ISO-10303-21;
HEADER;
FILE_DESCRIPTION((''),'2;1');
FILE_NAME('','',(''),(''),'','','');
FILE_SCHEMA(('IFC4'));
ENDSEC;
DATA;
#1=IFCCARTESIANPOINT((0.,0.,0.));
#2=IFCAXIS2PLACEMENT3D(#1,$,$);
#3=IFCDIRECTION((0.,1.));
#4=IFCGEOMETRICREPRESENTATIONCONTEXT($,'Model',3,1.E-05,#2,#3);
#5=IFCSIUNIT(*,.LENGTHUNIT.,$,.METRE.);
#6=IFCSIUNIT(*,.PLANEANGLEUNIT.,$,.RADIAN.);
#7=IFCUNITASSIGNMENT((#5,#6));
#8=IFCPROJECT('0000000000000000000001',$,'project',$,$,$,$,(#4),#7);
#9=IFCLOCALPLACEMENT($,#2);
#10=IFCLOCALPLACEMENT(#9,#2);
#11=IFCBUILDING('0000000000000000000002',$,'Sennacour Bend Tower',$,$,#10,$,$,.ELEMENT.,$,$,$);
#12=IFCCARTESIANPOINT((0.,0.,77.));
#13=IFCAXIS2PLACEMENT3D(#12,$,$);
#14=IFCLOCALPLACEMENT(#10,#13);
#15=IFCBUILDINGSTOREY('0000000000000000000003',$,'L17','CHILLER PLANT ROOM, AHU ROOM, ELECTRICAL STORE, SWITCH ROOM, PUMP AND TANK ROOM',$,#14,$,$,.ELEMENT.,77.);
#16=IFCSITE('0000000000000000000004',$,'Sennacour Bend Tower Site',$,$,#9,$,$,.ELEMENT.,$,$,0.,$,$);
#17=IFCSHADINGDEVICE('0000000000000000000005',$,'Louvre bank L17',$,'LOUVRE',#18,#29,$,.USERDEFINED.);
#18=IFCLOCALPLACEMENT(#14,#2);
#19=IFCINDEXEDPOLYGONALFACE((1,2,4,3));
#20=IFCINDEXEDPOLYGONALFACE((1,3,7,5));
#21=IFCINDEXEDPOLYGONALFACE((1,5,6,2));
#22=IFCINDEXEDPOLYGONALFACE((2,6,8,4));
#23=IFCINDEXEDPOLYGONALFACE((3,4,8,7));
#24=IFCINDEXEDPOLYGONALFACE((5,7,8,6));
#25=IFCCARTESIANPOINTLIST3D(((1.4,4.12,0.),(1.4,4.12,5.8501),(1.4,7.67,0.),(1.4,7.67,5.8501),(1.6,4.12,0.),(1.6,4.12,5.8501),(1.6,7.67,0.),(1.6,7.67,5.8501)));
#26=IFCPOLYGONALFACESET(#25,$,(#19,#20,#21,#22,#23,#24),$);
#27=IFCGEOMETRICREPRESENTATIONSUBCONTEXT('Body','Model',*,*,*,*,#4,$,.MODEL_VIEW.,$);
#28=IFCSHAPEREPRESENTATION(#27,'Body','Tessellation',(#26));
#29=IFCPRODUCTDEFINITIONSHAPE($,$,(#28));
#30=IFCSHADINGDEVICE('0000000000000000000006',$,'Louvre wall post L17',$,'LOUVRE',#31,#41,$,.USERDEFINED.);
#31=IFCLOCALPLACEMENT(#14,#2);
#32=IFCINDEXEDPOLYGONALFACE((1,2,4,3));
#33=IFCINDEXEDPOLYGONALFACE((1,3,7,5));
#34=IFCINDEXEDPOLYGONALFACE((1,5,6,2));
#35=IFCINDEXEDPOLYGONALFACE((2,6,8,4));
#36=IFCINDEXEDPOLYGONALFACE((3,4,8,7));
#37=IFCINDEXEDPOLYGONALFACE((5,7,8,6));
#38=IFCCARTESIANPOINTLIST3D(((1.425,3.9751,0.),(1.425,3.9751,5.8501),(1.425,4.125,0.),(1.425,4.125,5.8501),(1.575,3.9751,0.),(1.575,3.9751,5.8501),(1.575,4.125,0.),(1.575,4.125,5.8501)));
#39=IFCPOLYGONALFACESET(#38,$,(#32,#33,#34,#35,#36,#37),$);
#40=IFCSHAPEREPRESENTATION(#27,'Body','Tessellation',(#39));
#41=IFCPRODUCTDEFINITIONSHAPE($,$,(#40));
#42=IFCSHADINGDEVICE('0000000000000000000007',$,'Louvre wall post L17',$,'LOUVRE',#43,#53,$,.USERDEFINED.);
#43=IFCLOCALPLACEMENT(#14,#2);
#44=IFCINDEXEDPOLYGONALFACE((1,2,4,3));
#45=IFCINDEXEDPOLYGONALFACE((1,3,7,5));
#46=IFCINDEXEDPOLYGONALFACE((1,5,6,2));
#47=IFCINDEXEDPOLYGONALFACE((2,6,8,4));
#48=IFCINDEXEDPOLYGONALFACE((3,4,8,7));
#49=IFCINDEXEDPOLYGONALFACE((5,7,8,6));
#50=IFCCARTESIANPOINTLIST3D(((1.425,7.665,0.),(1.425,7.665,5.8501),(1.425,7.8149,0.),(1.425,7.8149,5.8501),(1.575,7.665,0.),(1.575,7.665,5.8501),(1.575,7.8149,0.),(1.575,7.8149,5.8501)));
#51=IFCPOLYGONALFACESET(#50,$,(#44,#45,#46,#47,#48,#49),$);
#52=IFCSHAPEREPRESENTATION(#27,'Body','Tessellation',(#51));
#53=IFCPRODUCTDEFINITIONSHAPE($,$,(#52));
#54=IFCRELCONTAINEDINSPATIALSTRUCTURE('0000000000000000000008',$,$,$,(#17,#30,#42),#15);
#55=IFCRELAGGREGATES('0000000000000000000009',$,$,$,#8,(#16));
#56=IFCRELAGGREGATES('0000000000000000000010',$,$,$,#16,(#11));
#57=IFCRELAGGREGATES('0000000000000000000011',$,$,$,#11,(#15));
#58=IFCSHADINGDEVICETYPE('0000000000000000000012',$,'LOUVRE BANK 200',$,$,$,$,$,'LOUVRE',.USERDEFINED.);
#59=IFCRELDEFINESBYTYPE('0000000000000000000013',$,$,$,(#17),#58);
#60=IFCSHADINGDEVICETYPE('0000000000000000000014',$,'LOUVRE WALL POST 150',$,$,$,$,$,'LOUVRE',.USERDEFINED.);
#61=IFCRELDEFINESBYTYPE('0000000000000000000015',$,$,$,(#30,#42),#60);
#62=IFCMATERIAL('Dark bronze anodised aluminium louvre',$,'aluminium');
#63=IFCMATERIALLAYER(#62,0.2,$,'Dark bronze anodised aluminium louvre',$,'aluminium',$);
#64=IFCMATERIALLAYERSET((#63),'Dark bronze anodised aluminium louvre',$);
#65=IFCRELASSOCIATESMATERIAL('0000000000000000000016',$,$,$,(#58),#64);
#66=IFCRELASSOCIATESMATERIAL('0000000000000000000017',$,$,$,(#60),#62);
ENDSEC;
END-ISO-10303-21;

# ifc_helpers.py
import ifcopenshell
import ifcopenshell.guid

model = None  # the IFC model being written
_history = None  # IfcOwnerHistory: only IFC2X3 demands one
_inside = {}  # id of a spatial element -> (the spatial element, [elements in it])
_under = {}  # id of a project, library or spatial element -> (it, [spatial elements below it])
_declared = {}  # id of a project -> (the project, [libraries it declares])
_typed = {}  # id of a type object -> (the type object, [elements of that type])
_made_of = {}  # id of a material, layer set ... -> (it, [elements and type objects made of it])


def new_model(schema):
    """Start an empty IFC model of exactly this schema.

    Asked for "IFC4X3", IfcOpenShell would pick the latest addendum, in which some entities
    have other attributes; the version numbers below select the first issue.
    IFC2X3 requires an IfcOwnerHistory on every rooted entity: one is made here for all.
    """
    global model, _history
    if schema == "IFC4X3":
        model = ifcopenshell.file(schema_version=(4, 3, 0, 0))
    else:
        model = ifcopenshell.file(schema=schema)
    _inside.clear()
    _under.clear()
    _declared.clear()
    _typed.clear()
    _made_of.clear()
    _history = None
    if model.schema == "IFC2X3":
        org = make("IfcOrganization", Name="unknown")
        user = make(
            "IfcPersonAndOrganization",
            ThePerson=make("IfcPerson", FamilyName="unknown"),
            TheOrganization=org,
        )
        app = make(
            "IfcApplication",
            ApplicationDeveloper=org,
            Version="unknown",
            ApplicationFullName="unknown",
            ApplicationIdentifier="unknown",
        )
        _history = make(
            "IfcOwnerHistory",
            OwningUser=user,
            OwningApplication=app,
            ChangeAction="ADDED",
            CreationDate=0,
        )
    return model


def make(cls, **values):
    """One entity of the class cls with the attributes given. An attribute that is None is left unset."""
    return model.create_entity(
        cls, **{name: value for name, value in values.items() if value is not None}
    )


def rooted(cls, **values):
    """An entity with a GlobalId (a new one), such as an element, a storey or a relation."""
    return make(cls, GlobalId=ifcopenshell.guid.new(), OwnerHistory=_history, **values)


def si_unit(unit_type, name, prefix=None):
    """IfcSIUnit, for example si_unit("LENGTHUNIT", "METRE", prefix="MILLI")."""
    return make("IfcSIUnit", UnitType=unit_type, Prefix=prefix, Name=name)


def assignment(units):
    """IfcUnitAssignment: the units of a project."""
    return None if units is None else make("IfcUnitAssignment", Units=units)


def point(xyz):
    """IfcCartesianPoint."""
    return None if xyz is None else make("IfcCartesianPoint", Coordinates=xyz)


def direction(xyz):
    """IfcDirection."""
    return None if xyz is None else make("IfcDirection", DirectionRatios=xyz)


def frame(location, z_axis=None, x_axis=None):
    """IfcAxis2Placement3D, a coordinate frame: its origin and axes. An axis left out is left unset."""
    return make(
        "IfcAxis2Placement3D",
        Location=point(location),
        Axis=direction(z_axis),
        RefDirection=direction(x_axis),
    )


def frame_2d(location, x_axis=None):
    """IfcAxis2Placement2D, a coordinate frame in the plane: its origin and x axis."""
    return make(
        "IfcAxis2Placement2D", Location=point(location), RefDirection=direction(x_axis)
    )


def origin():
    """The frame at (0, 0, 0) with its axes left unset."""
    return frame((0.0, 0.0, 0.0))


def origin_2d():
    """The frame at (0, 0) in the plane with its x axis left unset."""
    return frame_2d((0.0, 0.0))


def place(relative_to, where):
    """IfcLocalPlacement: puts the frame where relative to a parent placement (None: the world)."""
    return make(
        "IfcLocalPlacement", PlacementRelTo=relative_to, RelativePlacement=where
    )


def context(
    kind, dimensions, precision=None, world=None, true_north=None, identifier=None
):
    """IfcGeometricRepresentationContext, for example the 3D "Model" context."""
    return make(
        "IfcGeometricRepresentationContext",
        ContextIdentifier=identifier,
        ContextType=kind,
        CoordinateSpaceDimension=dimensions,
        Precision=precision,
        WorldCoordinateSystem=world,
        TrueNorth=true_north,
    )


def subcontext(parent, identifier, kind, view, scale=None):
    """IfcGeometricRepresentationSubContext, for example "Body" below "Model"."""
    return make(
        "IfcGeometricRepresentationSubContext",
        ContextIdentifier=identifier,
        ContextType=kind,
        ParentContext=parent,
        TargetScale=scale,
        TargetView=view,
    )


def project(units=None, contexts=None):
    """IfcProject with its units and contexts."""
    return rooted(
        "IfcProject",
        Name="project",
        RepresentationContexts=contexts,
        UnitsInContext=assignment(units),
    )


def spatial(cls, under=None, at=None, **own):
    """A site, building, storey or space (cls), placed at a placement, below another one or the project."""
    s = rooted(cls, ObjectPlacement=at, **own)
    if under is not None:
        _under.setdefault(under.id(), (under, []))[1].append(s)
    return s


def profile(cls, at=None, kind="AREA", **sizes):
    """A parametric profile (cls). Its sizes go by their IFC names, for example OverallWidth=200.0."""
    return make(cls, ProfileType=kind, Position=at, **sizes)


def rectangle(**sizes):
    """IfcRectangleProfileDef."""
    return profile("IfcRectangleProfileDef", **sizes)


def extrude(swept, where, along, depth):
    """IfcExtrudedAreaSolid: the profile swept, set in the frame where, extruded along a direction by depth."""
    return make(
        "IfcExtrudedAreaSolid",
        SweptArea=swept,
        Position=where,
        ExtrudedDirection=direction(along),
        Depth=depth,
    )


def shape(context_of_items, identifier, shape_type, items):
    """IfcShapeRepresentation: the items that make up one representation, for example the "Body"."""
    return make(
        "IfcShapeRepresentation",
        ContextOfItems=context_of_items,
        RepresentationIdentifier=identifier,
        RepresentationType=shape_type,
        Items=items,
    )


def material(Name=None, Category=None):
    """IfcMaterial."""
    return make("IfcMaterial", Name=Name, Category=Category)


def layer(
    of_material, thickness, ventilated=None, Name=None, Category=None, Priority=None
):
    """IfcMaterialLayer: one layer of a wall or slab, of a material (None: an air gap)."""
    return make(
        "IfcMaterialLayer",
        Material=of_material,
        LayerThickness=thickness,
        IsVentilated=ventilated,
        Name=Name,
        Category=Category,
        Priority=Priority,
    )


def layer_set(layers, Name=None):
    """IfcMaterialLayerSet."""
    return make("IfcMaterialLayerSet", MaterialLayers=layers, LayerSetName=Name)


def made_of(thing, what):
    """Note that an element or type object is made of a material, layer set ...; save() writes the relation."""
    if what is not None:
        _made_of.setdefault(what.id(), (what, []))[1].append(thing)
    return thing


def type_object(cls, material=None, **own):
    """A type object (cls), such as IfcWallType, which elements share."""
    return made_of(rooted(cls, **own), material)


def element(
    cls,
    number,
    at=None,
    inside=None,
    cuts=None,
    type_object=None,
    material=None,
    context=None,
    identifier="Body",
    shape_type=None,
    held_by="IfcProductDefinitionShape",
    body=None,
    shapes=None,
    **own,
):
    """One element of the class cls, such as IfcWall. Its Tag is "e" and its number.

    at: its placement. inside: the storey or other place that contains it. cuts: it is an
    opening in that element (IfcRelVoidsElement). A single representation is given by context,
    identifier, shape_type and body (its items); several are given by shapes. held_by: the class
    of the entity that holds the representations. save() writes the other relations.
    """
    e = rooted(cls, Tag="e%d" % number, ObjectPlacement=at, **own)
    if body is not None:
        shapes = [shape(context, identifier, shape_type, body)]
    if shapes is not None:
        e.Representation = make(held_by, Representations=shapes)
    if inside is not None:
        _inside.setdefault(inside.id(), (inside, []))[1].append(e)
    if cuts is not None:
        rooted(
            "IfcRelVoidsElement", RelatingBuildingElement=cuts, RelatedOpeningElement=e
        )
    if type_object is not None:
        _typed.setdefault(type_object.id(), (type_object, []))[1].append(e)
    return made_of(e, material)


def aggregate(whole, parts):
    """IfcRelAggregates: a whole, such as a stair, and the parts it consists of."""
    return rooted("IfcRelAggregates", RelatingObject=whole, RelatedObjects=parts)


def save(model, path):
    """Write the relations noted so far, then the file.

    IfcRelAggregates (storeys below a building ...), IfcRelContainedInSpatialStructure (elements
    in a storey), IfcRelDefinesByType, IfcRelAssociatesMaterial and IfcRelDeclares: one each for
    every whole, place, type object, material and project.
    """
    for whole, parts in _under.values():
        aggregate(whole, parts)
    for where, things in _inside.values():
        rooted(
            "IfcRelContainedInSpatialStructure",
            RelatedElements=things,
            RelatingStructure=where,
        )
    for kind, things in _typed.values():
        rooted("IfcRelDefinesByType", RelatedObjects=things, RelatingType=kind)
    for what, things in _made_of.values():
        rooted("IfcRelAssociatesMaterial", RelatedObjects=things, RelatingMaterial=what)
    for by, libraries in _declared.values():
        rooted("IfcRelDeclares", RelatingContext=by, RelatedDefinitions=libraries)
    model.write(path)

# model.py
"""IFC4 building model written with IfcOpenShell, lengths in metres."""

from ifc_helpers import new_model, si_unit, direction, frame, origin, origin_2d, place, context, subcontext, project, spatial, rectangle, extrude, material, layer, layer_set, type_object, element, save


model = new_model("IFC4")

# Units and contexts
model_context = context("Model", 3, precision=1e-05, world=origin(), true_north=direction((0.0, 1.0)))
body_context = subcontext(model_context, "Body", "Model", "MODEL_VIEW")
ifc_project = project(units=[si_unit("LENGTHUNIT", "METRE"), si_unit("PLANEANGLEUNIT", "RADIAN")], contexts=[model_context])

# Site, building, storey
site_placement = place(None, origin())
site = spatial("IfcSite", under=ifc_project, at=site_placement, Name="Sennacour Bend Tower Site", CompositionType="ELEMENT", RefElevation=0.0)
building_placement = place(site_placement, origin())
building = spatial("IfcBuilding", under=site, at=building_placement, Name="Sennacour Bend Tower", CompositionType="ELEMENT")
storey_placement = place(building_placement, frame((0.0, 0.0, 77.0)))
storey = spatial("IfcBuildingStorey", under=building, at=storey_placement, Name="L17", Description="CHILLER PLANT ROOM, AHU ROOM, ELECTRICAL STORE, SWITCH ROOM, PUMP AND TANK ROOM", CompositionType="ELEMENT", Elevation=77.0)

# Shading devices
ifc_material_1 = material(Name="Dark bronze anodised aluminium louvre", Category="aluminium")
ifc_layer_1 = layer(ifc_material_1, 0.2, Name="Dark bronze anodised aluminium louvre", Category="aluminium")
ifc_layer_set_1 = layer_set([ifc_layer_1], Name="Dark bronze anodised aluminium louvre")
shading_device_type_1 = type_object("IfcShadingDeviceType", Name="LOUVRE BANK 200", ElementType="LOUVRE", PredefinedType="USERDEFINED", material=ifc_layer_set_1)
shading_device_placement = place(storey_placement, frame((1.5, 5.895, 0.0), z_axis=(0.0, 0.0, 1.0), x_axis=(0.0, 1.0, 0.0)))
element("IfcShadingDevice", 1, at=shading_device_placement, inside=storey, type_object=shading_device_type_1, Name="Louvre bank L17", ObjectType="LOUVRE", PredefinedType="USERDEFINED", context=body_context, shape_type="SweptSolid", body=[
    extrude(rectangle(XDim=3.55, YDim=0.2, at=origin_2d()), origin(), (0.0, 0.0, 1.0), 5.8501),
])
shading_device_type_2 = type_object("IfcShadingDeviceType", Name="LOUVRE WALL POST 150", ElementType="LOUVRE", PredefinedType="USERDEFINED", material=ifc_material_1)
for number, where, z_axis, x_axis, name in (
    (2, (1.5, 4.05, 0.0), (0.0, 0.0, 1.0), (1.0, 0.0, 0.0), "Louvre wall post L17"),
    (3, (1.5, 7.74, 0.0), (0.0, 0.0, 1.0), (1.0, 0.0, 0.0), "Louvre wall post L17"),
):
    element("IfcShadingDevice", number, at=place(storey_placement, frame(where, z_axis=z_axis, x_axis=x_axis)), inside=storey, type_object=shading_device_type_2, Name=name, ObjectType="LOUVRE", PredefinedType="USERDEFINED", context=body_context, shape_type="SweptSolid", body=[
        extrude(rectangle(XDim=0.1499, YDim=0.1499, at=origin_2d()), origin(), (0.0, 0.0, 1.0), 5.8501),
    ])

save(model, "model.ifc")
